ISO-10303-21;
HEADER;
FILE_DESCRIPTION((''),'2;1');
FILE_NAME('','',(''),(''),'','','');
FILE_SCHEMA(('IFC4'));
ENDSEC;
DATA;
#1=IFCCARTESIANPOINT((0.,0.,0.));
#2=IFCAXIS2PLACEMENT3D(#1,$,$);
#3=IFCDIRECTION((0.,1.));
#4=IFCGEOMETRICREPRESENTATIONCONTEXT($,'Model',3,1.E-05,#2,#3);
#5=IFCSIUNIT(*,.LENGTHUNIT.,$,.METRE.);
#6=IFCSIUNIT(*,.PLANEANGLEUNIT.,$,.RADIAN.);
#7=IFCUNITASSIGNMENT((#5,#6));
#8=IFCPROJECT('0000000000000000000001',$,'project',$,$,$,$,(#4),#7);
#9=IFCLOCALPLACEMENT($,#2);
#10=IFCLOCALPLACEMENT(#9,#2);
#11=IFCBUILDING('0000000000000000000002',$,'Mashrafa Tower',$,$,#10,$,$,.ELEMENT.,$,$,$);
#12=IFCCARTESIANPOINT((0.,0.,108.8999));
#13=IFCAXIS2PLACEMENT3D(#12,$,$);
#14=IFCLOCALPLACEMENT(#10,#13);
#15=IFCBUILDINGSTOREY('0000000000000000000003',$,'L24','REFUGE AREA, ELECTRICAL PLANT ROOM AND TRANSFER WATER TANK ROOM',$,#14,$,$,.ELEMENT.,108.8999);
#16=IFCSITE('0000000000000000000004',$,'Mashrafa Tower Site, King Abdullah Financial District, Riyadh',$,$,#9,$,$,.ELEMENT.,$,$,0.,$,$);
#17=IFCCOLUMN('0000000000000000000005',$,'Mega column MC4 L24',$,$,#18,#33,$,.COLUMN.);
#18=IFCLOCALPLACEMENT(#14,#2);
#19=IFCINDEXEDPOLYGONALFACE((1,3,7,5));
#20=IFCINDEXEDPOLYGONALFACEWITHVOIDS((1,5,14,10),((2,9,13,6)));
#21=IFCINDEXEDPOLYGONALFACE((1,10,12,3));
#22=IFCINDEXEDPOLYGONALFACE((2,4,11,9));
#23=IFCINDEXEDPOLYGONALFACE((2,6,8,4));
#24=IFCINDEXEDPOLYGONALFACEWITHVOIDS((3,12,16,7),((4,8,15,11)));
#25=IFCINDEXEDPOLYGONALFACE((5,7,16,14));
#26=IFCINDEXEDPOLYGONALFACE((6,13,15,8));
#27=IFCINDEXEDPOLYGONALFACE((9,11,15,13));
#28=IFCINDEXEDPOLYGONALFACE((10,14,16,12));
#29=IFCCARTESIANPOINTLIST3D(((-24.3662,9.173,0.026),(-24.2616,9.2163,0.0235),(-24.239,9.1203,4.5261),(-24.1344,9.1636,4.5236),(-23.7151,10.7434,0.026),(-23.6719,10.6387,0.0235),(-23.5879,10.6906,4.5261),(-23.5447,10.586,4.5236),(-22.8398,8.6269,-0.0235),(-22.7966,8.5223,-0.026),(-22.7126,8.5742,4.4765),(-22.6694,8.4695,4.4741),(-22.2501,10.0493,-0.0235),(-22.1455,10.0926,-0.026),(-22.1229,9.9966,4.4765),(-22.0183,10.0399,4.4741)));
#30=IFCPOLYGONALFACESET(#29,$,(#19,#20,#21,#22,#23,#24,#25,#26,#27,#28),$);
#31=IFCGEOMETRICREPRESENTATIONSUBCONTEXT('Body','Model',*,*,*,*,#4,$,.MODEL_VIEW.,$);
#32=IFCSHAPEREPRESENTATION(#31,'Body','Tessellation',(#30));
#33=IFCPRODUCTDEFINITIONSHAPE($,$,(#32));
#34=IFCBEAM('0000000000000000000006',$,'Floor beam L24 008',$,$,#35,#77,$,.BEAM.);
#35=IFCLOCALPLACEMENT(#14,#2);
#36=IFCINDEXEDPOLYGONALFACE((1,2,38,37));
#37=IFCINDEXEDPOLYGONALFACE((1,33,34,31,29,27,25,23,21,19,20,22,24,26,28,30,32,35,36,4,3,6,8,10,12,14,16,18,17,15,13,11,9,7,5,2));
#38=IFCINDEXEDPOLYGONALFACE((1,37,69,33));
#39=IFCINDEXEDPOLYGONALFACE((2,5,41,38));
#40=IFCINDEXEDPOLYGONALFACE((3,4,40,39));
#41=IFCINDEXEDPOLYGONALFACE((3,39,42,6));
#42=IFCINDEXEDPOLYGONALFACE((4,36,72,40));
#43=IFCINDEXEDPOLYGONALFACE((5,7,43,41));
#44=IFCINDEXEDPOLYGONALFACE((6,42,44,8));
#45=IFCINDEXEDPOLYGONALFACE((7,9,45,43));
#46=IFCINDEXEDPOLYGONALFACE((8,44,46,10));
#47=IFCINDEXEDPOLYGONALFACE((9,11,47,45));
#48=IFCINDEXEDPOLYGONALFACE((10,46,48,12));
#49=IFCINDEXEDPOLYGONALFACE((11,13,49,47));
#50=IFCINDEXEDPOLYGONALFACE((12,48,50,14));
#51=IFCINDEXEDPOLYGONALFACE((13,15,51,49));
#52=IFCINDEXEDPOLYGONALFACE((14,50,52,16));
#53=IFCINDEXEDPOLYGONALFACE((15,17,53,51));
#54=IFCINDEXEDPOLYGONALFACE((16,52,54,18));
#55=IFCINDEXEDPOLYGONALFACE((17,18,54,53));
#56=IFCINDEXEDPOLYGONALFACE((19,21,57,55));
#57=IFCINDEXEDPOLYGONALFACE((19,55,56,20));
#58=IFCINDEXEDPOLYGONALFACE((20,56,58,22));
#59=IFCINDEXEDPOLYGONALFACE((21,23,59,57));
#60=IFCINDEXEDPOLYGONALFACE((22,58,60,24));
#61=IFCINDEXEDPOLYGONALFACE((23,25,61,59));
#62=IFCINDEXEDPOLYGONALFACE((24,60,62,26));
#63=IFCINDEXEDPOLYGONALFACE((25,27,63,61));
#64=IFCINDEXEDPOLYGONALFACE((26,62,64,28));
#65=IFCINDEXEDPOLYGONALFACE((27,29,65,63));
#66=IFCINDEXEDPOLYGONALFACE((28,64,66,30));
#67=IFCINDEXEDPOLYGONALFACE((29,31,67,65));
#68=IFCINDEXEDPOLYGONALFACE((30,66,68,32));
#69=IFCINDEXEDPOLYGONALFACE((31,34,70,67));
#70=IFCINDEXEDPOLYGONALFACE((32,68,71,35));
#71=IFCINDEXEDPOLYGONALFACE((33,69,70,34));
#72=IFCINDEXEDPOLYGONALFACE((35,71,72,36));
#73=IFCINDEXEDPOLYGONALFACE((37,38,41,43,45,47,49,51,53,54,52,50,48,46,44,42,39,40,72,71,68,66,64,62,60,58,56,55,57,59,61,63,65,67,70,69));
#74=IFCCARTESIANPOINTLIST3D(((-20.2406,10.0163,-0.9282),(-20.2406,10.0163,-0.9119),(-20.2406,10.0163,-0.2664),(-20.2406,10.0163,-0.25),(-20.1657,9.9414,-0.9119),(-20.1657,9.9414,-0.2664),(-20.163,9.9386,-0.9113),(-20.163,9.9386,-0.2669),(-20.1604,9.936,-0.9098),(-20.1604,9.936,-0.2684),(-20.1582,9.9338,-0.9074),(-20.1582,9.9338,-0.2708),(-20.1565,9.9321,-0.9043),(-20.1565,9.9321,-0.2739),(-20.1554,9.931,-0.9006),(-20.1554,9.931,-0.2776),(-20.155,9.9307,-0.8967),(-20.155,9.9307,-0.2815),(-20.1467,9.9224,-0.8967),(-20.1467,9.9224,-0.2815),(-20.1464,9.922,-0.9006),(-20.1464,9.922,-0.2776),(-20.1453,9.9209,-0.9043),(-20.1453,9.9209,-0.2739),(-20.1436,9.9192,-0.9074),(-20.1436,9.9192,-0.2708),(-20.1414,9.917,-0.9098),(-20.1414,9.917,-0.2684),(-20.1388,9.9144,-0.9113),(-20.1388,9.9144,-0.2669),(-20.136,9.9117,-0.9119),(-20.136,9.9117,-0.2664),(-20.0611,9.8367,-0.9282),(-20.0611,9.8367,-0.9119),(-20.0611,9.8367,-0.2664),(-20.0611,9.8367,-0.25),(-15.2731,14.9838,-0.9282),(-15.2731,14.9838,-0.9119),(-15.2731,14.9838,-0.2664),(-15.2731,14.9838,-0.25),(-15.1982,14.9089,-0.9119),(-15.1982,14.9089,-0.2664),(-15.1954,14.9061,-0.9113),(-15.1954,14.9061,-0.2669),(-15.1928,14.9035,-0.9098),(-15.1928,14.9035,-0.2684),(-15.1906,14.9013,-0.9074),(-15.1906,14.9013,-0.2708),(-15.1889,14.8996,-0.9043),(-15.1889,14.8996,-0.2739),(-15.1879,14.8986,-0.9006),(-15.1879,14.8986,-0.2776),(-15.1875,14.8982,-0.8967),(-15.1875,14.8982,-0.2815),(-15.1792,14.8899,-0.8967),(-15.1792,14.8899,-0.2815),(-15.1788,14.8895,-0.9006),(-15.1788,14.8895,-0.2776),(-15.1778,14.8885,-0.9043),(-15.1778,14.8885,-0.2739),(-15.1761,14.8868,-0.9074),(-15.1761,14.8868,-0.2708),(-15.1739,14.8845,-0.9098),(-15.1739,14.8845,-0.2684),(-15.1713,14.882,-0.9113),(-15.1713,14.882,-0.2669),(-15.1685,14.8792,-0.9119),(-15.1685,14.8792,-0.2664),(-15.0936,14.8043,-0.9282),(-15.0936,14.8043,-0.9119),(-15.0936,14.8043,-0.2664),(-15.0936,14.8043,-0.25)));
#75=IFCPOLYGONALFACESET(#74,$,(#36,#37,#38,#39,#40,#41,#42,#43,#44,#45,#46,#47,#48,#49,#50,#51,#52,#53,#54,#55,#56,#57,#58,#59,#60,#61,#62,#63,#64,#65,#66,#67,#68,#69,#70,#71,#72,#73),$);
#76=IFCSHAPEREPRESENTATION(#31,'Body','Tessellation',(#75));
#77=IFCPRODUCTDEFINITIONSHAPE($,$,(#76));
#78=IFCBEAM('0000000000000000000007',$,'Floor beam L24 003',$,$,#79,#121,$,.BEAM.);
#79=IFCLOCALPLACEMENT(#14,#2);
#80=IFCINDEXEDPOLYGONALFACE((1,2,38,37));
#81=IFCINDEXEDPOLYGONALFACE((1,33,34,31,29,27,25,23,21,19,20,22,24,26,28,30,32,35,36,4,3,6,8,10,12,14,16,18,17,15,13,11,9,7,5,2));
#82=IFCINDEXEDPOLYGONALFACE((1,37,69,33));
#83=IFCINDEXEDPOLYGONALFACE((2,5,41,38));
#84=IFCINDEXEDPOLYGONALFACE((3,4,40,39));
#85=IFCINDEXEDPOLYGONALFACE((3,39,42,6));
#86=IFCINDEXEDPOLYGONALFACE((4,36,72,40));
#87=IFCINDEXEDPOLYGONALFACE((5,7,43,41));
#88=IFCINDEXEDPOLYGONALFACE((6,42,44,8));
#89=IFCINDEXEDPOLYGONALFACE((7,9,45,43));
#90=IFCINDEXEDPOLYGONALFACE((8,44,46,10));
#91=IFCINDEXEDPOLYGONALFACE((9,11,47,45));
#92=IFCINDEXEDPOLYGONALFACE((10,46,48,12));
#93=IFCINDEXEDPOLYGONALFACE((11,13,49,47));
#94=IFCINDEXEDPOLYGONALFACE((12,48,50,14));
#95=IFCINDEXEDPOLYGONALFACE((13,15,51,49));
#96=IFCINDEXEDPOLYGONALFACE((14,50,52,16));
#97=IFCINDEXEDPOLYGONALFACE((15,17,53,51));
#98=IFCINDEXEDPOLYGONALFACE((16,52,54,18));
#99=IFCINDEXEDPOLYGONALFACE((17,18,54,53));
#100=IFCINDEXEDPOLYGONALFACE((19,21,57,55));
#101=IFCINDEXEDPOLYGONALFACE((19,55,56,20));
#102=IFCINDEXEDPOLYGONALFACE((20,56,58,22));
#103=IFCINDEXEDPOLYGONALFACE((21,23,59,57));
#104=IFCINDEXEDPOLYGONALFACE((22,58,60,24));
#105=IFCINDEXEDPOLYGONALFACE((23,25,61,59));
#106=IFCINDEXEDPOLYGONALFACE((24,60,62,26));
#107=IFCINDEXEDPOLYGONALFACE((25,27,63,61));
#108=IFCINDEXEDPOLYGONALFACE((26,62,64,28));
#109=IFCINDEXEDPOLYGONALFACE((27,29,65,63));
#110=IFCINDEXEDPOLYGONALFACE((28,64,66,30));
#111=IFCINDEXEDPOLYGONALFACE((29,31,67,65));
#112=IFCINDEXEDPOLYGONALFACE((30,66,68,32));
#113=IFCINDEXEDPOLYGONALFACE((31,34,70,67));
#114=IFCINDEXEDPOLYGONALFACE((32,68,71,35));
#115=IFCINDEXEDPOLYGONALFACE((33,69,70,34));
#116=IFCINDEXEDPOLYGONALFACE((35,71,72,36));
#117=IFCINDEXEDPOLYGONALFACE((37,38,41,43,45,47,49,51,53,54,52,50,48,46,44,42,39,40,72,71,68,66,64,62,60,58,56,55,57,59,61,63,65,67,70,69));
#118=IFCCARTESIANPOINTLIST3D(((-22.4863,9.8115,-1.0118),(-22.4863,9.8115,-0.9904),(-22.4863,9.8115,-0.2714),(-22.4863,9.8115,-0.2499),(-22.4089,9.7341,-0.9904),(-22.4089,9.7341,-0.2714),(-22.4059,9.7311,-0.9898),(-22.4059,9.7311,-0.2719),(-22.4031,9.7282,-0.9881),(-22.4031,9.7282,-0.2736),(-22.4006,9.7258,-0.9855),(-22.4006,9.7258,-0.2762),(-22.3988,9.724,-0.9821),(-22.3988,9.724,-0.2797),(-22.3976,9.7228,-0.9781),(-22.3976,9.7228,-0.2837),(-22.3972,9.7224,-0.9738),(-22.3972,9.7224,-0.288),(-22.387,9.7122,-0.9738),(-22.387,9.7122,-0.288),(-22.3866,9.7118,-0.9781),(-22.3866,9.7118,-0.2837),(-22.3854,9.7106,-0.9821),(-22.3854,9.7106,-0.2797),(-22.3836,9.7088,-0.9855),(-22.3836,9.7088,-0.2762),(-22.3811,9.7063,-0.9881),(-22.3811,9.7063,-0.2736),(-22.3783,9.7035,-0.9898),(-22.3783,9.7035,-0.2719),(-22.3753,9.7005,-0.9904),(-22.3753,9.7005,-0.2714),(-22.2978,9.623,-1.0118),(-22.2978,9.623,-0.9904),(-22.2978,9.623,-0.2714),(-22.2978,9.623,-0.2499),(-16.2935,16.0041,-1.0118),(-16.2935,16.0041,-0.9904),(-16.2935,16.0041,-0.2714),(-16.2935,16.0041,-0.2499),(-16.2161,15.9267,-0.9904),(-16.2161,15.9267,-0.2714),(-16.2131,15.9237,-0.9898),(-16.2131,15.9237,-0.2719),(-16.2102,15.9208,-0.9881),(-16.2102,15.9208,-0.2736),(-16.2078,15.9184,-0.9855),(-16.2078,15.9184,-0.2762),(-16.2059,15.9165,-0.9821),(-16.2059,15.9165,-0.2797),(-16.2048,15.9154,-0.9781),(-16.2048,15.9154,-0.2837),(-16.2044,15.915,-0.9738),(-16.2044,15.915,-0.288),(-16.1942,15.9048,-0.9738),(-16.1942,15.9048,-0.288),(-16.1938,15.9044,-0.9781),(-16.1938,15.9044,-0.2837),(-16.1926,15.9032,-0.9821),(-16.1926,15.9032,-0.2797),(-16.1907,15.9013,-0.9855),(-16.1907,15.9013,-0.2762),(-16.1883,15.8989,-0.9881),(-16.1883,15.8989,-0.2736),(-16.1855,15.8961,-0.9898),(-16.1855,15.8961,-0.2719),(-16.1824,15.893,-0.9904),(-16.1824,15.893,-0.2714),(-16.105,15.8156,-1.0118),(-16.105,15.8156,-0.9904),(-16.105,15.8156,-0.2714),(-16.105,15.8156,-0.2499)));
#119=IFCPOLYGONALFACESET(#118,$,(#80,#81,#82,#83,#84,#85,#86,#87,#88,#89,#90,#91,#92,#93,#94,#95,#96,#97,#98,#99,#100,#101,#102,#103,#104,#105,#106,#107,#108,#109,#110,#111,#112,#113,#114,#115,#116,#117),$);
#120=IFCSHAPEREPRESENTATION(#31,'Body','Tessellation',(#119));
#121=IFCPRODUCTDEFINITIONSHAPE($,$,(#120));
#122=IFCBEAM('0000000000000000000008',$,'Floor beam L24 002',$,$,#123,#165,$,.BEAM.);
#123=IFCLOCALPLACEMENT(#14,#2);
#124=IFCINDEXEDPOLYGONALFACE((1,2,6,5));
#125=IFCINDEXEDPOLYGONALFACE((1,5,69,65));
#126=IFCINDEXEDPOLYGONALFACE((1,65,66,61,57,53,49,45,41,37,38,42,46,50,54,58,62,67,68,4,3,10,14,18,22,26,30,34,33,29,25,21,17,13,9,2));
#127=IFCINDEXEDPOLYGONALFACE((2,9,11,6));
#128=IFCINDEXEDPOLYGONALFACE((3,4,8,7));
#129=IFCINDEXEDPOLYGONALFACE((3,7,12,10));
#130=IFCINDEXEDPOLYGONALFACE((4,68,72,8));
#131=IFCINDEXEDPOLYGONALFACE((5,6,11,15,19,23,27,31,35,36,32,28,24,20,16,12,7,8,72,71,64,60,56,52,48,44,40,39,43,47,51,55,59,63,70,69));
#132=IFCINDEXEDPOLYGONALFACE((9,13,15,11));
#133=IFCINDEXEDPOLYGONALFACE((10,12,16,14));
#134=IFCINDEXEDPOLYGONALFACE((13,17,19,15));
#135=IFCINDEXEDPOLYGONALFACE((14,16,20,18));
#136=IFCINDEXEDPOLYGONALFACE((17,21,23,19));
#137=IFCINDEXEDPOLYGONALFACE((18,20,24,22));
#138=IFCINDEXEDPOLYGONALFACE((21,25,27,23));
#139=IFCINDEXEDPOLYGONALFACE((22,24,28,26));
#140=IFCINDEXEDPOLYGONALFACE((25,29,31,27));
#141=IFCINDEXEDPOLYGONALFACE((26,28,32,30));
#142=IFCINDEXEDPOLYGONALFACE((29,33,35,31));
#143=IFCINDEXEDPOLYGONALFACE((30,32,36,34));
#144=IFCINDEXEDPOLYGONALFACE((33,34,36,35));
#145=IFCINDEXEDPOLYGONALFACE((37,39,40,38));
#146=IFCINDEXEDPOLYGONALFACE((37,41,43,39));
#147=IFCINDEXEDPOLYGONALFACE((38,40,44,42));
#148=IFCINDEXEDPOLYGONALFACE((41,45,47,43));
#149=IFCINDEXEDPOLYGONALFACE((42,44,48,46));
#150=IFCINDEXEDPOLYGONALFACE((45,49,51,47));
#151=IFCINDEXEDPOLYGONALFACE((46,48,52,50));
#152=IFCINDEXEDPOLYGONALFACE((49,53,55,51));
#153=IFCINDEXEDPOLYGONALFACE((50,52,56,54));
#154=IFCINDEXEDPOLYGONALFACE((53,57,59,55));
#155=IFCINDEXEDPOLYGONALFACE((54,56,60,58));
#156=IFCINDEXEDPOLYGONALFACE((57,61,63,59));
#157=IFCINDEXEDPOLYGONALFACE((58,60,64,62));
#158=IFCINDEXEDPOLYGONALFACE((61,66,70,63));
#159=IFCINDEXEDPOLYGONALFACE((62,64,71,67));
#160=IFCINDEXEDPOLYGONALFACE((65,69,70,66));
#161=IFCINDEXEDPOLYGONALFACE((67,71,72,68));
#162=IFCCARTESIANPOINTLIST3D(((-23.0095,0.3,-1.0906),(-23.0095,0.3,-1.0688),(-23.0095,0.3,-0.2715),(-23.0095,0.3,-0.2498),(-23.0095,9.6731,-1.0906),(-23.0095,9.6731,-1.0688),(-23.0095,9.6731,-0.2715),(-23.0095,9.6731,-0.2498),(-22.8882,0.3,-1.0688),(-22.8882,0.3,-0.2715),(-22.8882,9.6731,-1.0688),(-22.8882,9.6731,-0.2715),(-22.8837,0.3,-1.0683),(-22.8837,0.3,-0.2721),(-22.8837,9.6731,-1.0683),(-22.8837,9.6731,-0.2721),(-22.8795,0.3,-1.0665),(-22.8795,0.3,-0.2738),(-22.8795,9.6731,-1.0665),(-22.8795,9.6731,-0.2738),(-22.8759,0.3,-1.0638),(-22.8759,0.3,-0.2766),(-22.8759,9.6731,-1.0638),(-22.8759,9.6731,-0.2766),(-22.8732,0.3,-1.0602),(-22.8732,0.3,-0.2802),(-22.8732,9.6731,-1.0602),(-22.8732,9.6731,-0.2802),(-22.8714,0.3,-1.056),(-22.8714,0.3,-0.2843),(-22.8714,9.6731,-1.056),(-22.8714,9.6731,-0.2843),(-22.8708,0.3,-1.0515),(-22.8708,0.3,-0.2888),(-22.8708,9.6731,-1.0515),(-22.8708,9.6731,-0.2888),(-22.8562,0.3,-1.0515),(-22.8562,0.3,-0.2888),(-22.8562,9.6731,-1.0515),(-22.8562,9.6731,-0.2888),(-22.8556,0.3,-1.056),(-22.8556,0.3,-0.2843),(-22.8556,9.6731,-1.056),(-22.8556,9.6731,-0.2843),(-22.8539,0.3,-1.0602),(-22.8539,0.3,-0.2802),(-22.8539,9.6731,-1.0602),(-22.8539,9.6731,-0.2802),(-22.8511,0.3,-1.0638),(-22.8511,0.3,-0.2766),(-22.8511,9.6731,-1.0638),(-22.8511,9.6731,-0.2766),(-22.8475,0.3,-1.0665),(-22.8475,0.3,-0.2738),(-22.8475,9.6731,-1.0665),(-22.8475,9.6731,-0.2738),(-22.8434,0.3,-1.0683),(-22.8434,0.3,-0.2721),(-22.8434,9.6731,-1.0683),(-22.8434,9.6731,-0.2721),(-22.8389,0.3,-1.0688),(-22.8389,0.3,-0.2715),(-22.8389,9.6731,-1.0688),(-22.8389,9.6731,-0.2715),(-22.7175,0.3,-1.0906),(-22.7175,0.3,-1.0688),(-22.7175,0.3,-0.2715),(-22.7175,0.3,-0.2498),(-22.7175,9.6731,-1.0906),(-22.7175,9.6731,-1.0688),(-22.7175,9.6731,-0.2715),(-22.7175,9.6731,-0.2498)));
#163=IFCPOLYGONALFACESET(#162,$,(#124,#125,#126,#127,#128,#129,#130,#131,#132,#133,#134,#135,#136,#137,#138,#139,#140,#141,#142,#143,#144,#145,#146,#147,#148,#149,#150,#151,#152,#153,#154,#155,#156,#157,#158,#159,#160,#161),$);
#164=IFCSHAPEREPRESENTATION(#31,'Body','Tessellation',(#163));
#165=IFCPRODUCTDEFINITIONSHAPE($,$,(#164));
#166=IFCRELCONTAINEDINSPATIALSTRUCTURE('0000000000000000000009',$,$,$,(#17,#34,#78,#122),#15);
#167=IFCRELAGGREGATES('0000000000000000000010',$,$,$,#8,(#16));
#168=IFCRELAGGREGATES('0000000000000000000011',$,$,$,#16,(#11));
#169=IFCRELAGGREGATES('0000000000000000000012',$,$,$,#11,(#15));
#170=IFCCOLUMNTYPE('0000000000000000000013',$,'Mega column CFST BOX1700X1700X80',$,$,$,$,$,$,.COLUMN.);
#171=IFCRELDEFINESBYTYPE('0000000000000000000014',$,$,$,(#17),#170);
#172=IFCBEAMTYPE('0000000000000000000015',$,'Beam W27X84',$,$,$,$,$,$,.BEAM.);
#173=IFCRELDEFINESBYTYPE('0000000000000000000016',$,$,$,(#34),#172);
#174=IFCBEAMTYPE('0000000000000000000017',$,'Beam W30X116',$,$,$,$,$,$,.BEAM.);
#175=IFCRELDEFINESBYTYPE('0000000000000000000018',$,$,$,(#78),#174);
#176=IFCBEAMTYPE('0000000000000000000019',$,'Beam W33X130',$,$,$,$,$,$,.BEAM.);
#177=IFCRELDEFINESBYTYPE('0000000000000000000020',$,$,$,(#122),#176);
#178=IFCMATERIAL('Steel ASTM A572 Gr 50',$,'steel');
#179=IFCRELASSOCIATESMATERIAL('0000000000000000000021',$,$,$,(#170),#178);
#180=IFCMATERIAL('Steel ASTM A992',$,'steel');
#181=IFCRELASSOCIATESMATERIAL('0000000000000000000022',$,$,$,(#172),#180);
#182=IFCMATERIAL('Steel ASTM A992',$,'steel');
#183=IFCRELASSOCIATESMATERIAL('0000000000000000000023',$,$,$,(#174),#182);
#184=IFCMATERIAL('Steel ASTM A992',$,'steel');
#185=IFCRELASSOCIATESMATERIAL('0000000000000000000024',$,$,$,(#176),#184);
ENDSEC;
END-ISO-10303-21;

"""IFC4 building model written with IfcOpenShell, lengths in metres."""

from ifc_helpers import new_model, si_unit, direction, frame, origin, origin_2d, place, context, subcontext, project, spatial, hollow_rectangle, i_section, extrude, material, material_profile, profile_set, type_object, element, save


model = new_model("IFC4")

# Units and contexts
model_context = context("Model", 3, precision=1e-05, world=origin(), true_north=direction((0.0, 1.0)))
body_context = subcontext(model_context, "Body", "Model", "MODEL_VIEW")
ifc_project = project(units=[si_unit("LENGTHUNIT", "METRE"), si_unit("PLANEANGLEUNIT", "RADIAN")], contexts=[model_context])

# Site, building, storey
site_placement = place(None, origin())
site = spatial("IfcSite", under=ifc_project, at=site_placement, Name="Mashrafa Tower Site, King Abdullah Financial District, Riyadh", CompositionType="ELEMENT", RefElevation=0.0)
building_placement = place(site_placement, origin())
building = spatial("IfcBuilding", under=site, at=building_placement, Name="Mashrafa Tower", CompositionType="ELEMENT")
storey_placement = place(building_placement, frame((0.0, 0.0, 108.8999)))
storey = spatial("IfcBuildingStorey", under=building, at=storey_placement, Name="L24", Description="REFUGE AREA, ELECTRICAL PLANT ROOM AND TRANSFER WATER TANK ROOM", CompositionType="ELEMENT", Elevation=108.8999)

# Column
ifc_material_1 = material(Name="Steel ASTM A572 Gr 50", Category="steel")
ifc_material_profile_1 = material_profile(ifc_material_1, hollow_rectangle(XDim=1.7, YDim=1.7, WallThickness=0.0801, at=origin_2d()), Name="BOX1700X1700X80")
ifc_profile_set_1 = profile_set([ifc_material_profile_1], Name="Steel ASTM A572 Gr 50")
column_type = type_object("IfcColumnType", Name="Mega column CFST BOX1700X1700X80", PredefinedType="COLUMN", material=ifc_profile_set_1)
column_placement = place(storey_placement, frame((-23.2559, 9.6328, 0.0), z_axis=(0.028253, -0.011713, 0.999532), x_axis=(0.382978, 0.923757, 0.0)))
element("IfcColumn", 1, at=column_placement, inside=storey, type_object=column_type, Name="Mega column MC4 L24", PredefinedType="COLUMN", context=body_context, shape_type="SweptSolid", body=[
    extrude(hollow_rectangle(XDim=1.7, YDim=1.7, WallThickness=0.0801, at=origin_2d()), origin(), (0.0, 0.0, 1.0), 4.5022),
])

# Beams
ifc_material_2 = material(Name="Steel ASTM A992", Category="steel")
ifc_material_profile_2 = material_profile(ifc_material_2, i_section(OverallWidth=0.2539, OverallDepth=0.6782, WebThickness=0.0117, FlangeThickness=0.0164, FilletRadius=0.0151, at=origin_2d()), Name="W27X84")
ifc_profile_set_2 = profile_set([ifc_material_profile_2], Name="Steel ASTM A992")
beam_type_1 = type_object("IfcBeamType", Name="Beam W27X84", PredefinedType="BEAM", material=ifc_profile_set_2)
beam_1_placement = place(storey_placement, frame((-20.1509, 9.9265, -0.5891), z_axis=(0.707107, 0.707107, 0.0), x_axis=(-0.707107, 0.707107, 0.0)))
element("IfcBeam", 2, at=beam_1_placement, inside=storey, type_object=beam_type_1, Name="Floor beam L24 008", PredefinedType="BEAM", context=body_context, shape_type="SweptSolid", body=[
    extrude(i_section(OverallWidth=0.2539, OverallDepth=0.6782, WebThickness=0.0117, FlangeThickness=0.0164, FilletRadius=0.0151, at=origin_2d()), origin(), (0.0, 0.0, 1.0), 7.0251),
])
ifc_material_3 = material(Name="Steel ASTM A992", Category="steel")
ifc_material_profile_3 = material_profile(ifc_material_3, i_section(OverallWidth=0.2666, OverallDepth=0.762, WebThickness=0.0144, FlangeThickness=0.0215, FilletRadius=0.0166, at=origin_2d()), Name="W30X116")
ifc_profile_set_3 = profile_set([ifc_material_profile_3], Name="Steel ASTM A992")
beam_type_2 = type_object("IfcBeamType", Name="Beam W30X116", PredefinedType="BEAM", material=ifc_profile_set_3)
beam_2_placement = place(storey_placement, frame((-22.3921, 9.7173, -0.6309), z_axis=(0.707121, 0.707093, 0.0), x_axis=(-0.707093, 0.707121, 0.0)))
element("IfcBeam", 3, at=beam_2_placement, inside=storey, type_object=beam_type_2, Name="Floor beam L24 003", PredefinedType="BEAM", context=body_context, shape_type="SweptSolid", body=[
    extrude(i_section(OverallWidth=0.2666, OverallDepth=0.762, WebThickness=0.0144, FlangeThickness=0.0215, FilletRadius=0.0166, at=origin_2d()), origin(), (0.0, 0.0, 1.0), 8.7578),
])
ifc_material_4 = material(Name="Steel ASTM A992", Category="steel")
ifc_material_profile_4 = material_profile(ifc_material_4, i_section(OverallWidth=0.292, OverallDepth=0.8408, WebThickness=0.0146, FlangeThickness=0.0217, FilletRadius=0.0173, at=origin_2d()), Name="W33X130")
ifc_profile_set_4 = profile_set([ifc_material_profile_4], Name="Steel ASTM A992")
beam_type_3 = type_object("IfcBeamType", Name="Beam W33X130", PredefinedType="BEAM", material=ifc_profile_set_4)
beam_3_placement = place(storey_placement, frame((-22.8635, 0.3, -0.6702), z_axis=(0.0, 1.0, 0.0), x_axis=(-1.0, 0.0, 0.0)))
element("IfcBeam", 4, at=beam_3_placement, inside=storey, type_object=beam_type_3, Name="Floor beam L24 002", PredefinedType="BEAM", context=body_context, shape_type="SweptSolid", body=[
    extrude(i_section(OverallWidth=0.292, OverallDepth=0.8408, WebThickness=0.0146, FlangeThickness=0.0217, FilletRadius=0.0173, at=origin_2d()), origin(), (0.0, 0.0, 1.0), 9.373),
])

save(model, "model.ifc")
